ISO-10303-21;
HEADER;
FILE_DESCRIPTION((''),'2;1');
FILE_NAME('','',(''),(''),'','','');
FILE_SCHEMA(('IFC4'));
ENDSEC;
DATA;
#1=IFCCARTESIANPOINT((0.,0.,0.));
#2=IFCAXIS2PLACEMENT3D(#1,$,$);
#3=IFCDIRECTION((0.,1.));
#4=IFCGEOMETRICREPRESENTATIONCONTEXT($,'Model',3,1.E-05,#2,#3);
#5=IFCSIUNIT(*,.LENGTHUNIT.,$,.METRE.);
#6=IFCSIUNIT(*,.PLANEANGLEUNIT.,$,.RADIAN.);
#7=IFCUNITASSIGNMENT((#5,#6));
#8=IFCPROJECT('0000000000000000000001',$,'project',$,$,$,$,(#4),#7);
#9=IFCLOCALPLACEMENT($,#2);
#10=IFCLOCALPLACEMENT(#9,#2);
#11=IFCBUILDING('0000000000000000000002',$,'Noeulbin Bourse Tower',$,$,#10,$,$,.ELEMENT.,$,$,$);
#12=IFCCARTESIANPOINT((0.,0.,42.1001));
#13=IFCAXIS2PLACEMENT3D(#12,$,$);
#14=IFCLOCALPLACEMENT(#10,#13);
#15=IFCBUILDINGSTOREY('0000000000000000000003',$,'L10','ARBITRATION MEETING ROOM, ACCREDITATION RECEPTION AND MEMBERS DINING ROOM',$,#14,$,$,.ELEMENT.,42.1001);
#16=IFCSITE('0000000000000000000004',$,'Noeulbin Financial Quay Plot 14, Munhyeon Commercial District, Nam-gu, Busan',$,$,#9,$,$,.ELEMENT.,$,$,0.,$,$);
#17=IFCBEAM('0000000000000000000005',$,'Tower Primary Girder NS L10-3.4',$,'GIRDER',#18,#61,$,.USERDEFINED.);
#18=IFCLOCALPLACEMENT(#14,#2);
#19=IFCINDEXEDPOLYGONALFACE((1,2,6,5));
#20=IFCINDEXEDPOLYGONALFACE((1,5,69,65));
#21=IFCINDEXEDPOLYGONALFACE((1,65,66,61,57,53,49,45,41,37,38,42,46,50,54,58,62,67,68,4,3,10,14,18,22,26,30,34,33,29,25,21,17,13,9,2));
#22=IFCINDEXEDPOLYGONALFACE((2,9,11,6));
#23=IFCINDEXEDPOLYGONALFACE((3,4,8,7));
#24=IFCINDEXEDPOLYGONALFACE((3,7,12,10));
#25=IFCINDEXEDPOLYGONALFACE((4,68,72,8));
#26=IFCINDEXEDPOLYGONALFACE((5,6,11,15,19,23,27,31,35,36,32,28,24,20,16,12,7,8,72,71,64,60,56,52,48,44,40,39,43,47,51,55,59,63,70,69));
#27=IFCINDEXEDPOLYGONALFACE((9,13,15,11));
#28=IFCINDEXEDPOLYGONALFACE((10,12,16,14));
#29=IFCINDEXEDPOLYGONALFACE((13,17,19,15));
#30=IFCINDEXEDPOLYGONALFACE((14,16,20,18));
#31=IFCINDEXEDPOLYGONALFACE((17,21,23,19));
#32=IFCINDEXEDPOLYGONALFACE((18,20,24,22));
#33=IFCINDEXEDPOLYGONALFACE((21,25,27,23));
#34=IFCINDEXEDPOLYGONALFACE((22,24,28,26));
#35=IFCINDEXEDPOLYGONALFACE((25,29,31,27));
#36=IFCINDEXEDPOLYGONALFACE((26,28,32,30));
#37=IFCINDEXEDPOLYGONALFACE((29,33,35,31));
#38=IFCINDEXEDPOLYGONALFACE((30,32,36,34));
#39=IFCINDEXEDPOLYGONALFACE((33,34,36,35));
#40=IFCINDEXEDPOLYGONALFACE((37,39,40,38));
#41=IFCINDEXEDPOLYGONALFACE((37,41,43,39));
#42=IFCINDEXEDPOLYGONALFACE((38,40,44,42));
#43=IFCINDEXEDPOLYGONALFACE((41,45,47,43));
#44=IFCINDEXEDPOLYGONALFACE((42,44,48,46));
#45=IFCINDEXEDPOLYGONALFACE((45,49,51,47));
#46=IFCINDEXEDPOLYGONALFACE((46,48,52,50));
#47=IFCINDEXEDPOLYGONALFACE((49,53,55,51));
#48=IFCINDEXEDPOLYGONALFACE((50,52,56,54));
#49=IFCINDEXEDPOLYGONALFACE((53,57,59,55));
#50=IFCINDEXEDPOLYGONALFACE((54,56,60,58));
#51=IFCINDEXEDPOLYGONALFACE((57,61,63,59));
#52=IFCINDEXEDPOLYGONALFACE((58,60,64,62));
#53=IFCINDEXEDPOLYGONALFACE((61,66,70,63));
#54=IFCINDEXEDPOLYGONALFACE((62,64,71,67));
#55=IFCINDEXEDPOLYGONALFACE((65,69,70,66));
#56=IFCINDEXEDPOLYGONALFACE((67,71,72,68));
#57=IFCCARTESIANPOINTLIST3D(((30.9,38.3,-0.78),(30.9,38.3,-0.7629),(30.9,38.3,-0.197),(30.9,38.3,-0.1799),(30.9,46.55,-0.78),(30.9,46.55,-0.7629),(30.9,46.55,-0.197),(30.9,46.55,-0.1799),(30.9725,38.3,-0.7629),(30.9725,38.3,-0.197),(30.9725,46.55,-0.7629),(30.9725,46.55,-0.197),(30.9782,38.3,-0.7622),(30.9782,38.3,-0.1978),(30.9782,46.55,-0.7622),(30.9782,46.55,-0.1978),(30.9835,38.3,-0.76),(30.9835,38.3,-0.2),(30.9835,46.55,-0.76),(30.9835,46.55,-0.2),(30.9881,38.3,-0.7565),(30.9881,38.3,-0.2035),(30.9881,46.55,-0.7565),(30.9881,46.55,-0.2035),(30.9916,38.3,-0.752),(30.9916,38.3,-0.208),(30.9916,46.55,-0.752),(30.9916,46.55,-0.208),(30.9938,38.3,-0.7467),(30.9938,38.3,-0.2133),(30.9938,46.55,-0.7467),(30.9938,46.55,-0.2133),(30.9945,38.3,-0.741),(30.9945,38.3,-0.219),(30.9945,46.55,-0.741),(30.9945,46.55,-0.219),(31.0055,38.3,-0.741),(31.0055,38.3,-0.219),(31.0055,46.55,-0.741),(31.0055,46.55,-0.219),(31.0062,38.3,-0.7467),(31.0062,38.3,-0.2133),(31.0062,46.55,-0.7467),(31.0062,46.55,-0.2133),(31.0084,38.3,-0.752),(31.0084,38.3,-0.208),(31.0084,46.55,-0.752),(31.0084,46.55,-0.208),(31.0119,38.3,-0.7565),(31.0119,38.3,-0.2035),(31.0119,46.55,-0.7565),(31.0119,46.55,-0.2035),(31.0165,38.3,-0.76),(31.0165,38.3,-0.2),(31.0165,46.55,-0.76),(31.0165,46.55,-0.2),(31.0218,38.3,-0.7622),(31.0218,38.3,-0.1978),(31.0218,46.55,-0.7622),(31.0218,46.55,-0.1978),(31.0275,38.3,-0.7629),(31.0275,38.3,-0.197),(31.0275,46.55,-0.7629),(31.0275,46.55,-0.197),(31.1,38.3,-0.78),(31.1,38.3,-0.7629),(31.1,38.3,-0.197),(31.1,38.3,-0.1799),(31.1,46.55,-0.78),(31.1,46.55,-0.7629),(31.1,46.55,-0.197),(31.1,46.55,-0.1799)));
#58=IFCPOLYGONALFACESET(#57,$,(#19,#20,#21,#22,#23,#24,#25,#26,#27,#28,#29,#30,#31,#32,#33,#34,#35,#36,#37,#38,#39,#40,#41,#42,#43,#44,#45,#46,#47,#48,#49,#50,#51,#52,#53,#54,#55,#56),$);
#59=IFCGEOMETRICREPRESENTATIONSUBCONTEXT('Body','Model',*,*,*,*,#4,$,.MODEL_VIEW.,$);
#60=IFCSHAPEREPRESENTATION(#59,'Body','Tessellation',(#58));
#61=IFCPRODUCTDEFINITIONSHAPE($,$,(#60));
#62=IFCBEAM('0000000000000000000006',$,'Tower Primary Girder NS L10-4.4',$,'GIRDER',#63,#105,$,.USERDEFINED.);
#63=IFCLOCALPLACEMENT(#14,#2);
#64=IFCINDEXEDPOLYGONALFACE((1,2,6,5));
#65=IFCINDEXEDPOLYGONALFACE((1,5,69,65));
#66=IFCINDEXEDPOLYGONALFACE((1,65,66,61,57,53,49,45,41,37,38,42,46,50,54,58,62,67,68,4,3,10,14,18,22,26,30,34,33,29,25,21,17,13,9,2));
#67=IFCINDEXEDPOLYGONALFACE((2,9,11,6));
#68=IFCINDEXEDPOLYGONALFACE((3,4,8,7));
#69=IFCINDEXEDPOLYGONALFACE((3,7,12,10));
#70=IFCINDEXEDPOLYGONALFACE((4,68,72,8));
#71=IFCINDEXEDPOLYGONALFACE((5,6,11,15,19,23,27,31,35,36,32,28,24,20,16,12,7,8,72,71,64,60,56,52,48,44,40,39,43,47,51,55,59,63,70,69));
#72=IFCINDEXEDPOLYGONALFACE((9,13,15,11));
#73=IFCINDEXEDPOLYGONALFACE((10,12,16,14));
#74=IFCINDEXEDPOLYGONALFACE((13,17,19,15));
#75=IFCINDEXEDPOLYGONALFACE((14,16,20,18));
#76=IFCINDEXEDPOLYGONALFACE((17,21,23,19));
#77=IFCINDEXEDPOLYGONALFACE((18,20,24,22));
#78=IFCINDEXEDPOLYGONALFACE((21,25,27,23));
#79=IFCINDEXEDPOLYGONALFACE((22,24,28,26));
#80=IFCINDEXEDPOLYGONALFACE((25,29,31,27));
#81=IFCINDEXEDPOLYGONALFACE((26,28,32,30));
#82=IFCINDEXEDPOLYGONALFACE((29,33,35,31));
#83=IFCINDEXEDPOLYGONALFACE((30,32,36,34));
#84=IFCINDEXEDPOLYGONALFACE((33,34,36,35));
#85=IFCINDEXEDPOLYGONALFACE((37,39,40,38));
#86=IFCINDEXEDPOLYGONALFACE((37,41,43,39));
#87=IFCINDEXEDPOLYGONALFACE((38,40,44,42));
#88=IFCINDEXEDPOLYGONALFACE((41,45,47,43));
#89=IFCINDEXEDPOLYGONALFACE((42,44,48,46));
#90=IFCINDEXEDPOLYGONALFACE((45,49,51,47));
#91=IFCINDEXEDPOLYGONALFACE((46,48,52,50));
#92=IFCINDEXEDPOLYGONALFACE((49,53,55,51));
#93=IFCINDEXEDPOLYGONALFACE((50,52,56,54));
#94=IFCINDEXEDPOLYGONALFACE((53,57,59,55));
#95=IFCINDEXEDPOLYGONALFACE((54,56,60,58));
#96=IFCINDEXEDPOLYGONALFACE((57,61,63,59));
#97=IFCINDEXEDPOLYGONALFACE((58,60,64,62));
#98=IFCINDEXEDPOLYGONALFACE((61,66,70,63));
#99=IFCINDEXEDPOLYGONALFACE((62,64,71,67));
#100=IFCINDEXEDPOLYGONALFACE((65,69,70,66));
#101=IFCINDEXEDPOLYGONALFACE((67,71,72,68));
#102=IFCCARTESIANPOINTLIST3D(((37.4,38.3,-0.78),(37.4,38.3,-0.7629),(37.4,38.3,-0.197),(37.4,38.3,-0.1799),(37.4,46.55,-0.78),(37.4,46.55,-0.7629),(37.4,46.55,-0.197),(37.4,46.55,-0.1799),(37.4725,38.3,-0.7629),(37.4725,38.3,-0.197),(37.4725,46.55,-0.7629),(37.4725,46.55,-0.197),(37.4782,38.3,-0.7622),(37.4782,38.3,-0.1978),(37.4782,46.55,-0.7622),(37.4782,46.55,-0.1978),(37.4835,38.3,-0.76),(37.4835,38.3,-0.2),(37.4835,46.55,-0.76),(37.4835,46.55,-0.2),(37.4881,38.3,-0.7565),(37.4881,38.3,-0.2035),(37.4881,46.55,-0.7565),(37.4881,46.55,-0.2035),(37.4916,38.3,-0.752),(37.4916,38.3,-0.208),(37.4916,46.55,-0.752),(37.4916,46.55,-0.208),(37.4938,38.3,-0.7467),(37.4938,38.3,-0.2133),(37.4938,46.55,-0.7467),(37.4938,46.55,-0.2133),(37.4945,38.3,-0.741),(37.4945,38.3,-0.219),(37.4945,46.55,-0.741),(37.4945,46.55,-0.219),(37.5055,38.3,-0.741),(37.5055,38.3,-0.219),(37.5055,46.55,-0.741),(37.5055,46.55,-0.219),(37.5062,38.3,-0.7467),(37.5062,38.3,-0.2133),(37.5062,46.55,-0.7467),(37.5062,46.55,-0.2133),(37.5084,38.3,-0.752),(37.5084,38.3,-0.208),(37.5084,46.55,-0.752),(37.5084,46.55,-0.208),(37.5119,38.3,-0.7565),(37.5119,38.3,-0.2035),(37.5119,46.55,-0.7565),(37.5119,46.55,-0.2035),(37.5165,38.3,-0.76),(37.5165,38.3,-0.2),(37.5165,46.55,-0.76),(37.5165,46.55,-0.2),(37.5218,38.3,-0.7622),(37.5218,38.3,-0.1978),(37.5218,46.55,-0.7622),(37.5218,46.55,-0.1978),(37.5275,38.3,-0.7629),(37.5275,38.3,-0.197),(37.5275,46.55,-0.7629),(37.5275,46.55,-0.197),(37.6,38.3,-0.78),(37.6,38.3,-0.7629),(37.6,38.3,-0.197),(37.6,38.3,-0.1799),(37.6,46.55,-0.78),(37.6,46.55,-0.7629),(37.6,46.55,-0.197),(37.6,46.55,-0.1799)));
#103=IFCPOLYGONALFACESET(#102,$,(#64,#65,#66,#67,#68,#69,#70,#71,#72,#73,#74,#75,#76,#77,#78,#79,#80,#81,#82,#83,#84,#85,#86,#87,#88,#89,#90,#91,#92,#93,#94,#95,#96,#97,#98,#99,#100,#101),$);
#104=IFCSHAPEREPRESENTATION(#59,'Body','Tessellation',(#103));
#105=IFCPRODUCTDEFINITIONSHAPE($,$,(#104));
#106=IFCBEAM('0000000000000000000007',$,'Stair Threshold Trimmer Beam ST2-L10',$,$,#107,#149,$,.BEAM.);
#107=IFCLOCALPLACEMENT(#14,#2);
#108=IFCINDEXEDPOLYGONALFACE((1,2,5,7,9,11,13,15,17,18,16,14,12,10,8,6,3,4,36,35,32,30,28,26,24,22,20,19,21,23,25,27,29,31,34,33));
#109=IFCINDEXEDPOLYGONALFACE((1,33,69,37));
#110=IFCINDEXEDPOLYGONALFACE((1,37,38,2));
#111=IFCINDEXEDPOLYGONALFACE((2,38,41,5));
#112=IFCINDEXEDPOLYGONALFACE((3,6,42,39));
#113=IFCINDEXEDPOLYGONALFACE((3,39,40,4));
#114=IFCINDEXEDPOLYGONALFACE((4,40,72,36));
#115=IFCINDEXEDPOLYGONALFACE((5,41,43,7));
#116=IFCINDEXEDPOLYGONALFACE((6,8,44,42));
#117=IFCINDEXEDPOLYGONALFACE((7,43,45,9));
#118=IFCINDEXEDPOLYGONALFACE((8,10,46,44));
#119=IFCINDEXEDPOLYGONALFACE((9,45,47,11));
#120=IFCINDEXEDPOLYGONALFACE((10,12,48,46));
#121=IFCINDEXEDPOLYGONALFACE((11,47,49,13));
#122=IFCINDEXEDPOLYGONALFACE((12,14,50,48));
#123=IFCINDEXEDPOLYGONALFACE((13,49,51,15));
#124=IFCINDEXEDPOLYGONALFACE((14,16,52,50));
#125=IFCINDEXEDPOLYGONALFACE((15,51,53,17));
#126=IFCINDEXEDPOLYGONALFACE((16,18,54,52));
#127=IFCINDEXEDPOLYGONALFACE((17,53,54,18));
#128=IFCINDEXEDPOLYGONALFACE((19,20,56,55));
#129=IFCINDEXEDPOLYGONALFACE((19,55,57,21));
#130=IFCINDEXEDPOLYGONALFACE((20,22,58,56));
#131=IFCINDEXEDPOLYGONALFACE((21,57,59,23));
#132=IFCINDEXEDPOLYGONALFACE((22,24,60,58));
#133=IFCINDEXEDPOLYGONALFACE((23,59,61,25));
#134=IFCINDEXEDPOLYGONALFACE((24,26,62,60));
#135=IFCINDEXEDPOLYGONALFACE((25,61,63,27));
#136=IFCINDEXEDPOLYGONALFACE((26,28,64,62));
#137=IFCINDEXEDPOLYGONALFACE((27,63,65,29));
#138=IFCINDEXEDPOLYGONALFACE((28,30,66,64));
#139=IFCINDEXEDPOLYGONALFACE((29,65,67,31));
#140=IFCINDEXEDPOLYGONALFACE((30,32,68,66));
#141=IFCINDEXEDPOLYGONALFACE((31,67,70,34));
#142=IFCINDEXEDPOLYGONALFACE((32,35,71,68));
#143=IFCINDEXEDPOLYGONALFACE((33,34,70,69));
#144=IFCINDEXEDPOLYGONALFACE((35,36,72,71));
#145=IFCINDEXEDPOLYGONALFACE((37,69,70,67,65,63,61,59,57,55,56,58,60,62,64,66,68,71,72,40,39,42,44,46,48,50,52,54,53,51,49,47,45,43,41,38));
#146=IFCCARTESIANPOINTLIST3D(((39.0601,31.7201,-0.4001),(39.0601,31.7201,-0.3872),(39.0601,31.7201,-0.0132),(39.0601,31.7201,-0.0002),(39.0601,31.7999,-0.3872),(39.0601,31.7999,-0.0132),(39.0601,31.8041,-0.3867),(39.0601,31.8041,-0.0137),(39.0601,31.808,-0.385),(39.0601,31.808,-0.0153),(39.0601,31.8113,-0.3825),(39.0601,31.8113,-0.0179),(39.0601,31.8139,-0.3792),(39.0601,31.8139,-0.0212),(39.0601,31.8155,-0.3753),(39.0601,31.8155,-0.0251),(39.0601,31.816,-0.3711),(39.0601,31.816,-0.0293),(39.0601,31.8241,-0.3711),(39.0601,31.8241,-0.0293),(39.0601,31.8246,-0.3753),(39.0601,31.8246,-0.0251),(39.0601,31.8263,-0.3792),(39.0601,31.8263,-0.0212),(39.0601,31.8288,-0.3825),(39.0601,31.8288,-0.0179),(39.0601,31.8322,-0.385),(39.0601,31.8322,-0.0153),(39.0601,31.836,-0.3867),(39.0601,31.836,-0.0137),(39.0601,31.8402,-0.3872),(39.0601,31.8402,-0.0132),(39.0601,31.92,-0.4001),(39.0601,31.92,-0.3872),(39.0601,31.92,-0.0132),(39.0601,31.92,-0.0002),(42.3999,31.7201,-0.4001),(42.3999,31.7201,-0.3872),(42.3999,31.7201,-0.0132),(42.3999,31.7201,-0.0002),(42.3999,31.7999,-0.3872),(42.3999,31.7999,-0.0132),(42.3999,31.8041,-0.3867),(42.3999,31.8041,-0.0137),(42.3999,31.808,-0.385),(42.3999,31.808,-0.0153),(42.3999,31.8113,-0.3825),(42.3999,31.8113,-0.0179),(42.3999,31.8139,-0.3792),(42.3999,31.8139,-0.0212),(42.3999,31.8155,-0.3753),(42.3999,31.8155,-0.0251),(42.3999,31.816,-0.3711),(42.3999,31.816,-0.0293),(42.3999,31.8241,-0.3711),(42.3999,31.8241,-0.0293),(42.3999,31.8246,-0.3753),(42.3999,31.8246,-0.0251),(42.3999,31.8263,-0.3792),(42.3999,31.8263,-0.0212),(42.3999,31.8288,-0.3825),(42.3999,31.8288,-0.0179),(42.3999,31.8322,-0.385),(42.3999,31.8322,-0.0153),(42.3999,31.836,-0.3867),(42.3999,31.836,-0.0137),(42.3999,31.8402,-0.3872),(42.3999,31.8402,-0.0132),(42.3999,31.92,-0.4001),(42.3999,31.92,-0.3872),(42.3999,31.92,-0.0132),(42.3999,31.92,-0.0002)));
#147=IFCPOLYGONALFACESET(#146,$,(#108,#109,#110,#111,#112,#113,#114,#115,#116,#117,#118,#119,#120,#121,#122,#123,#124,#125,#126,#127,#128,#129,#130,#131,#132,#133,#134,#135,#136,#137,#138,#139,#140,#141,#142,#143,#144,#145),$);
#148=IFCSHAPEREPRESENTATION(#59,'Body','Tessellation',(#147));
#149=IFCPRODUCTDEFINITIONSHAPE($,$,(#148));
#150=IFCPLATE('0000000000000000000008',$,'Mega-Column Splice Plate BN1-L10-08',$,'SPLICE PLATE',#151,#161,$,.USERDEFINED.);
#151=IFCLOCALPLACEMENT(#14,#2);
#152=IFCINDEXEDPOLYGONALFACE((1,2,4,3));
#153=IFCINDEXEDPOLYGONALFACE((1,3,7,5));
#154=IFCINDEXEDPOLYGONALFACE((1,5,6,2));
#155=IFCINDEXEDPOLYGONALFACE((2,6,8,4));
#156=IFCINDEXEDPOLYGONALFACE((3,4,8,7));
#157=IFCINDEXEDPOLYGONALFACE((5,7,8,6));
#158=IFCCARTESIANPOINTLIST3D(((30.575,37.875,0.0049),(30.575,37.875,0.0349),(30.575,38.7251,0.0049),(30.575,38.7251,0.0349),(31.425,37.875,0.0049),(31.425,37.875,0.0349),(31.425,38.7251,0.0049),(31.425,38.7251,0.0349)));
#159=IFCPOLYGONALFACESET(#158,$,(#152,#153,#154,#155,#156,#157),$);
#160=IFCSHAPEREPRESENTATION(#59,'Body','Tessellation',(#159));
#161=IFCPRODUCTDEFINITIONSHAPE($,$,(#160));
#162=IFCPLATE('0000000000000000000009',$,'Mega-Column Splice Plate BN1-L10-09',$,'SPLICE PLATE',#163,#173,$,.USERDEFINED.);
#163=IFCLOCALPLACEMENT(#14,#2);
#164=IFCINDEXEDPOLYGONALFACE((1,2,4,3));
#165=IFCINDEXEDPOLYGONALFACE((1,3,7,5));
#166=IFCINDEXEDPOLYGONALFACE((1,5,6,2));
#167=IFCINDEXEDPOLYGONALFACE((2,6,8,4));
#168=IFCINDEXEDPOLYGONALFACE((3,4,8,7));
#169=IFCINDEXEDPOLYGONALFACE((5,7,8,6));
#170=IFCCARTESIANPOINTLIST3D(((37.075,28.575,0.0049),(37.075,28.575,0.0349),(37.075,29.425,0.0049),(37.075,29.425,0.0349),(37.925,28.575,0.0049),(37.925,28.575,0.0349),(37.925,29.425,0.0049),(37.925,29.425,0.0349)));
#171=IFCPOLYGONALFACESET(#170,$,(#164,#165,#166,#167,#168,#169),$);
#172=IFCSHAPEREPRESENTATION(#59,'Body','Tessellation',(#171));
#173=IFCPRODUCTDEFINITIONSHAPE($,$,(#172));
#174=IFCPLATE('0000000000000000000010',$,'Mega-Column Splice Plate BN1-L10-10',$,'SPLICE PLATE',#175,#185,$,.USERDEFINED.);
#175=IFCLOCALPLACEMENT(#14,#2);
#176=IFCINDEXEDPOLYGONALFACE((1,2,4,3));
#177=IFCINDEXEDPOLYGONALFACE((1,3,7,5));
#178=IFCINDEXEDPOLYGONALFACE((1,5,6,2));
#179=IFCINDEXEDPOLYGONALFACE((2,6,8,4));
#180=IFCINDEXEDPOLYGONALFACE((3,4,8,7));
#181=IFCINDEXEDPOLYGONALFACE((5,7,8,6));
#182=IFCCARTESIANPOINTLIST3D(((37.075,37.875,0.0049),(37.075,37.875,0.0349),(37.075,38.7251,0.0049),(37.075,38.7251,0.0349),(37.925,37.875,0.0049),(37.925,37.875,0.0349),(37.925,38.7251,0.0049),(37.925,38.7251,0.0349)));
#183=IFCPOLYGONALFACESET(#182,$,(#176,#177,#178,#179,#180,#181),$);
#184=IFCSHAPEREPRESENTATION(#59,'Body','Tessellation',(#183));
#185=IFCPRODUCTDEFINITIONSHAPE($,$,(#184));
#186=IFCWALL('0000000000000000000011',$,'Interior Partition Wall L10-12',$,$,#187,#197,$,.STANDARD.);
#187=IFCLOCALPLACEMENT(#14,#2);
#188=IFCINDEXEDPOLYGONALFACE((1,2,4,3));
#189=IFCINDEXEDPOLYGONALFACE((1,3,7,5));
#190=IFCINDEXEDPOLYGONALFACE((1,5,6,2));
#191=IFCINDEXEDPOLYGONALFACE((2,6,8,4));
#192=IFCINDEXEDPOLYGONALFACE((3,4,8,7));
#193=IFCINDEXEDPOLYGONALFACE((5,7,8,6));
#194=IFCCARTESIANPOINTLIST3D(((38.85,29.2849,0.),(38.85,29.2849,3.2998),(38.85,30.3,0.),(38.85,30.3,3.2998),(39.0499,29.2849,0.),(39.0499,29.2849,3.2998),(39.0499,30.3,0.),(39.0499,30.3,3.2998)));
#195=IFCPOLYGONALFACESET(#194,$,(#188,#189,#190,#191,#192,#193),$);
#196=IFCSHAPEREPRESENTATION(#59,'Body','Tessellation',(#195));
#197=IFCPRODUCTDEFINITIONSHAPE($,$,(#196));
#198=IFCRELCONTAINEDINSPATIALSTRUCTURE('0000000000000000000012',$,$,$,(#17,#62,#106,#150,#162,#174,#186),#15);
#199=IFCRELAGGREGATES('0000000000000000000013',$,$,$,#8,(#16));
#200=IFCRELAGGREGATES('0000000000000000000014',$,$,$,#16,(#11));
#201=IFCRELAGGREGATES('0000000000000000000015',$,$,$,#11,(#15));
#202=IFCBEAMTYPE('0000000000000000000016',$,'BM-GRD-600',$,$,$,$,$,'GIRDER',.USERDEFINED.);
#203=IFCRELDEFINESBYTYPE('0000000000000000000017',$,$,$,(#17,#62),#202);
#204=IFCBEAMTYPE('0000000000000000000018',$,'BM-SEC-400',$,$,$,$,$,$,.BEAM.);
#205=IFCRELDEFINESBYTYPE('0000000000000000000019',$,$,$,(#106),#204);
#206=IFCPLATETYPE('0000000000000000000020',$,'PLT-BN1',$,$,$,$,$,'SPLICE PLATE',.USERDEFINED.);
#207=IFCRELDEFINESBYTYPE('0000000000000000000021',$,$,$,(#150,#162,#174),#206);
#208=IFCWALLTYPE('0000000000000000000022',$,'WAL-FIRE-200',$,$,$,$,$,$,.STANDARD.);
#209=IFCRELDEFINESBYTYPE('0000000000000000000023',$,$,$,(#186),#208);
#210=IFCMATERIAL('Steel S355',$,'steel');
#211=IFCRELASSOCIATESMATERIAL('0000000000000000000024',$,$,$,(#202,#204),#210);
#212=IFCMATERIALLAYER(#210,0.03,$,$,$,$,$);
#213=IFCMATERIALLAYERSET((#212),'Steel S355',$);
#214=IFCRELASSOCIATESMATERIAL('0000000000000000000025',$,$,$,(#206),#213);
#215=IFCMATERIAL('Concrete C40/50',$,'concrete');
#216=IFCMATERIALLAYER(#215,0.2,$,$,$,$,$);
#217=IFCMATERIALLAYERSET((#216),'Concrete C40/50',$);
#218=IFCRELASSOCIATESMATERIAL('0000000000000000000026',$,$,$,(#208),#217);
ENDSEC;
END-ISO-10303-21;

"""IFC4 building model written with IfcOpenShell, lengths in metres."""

from ifc_helpers import new_model, si_unit, direction, frame, frame_2d, origin, origin_2d, place, context, subcontext, project, spatial, rectangle, i_section, extrude, material, layer, layer_set, material_profile, profile_set, type_object, element, save


model = new_model("IFC4")

# Units and contexts
model_context = context("Model", 3, precision=1e-05, world=origin(), true_north=direction((0.0, 1.0)))
body_context = subcontext(model_context, "Body", "Model", "MODEL_VIEW")
ifc_project = project(units=[si_unit("LENGTHUNIT", "METRE"), si_unit("PLANEANGLEUNIT", "RADIAN")], contexts=[model_context])

# Site, building, storey
site_placement = place(None, origin())
site = spatial("IfcSite", under=ifc_project, at=site_placement, Name="Noeulbin Financial Quay Plot 14, Munhyeon Commercial District, Nam-gu, Busan", CompositionType="ELEMENT", RefElevation=0.0)
building_placement = place(site_placement, origin())
building = spatial("IfcBuilding", under=site, at=building_placement, Name="Noeulbin Bourse Tower", CompositionType="ELEMENT")
storey_placement = place(building_placement, frame((0.0, 0.0, 42.1001)))
storey = spatial("IfcBuildingStorey", under=building, at=storey_placement, Name="L10", Description="ARBITRATION MEETING ROOM, ACCREDITATION RECEPTION AND MEMBERS DINING ROOM", CompositionType="ELEMENT", Elevation=42.1001)

# Beams
ifc_material_1 = material(Name="Steel S355", Category="steel")
ifc_material_profile_1 = material_profile(ifc_material_1, i_section(OverallWidth=0.2, OverallDepth=0.6001, WebThickness=0.011, FlangeThickness=0.0171, FilletRadius=0.022, at=origin_2d()), Name="H-600x200x11x17", Category="LoadBearing")
ifc_profile_set_1 = profile_set([ifc_material_profile_1], Name="Steel S355")
beam_type_1 = type_object("IfcBeamType", Name="BM-GRD-600", ElementType="GIRDER", PredefinedType="USERDEFINED", material=ifc_profile_set_1)
for number, where, z_axis, x_axis, name in (
    (1, (31.0, 38.3, -0.48), (0.0, 1.0, 0.0), (-1.0, 0.0, 0.0), "Tower Primary Girder NS L10-3.4"),
    (2, (37.5, 38.3, -0.48), (0.0, 1.0, 0.0), (-1.0, 0.0, 0.0), "Tower Primary Girder NS L10-4.4"),
):
    element("IfcBeam", number, at=place(storey_placement, frame(where, z_axis=z_axis, x_axis=x_axis)), inside=storey, type_object=beam_type_1, Name=name, ObjectType="GIRDER", PredefinedType="USERDEFINED", context=body_context, shape_type="SweptSolid", body=[
        extrude(i_section(OverallWidth=0.2, OverallDepth=0.6001, WebThickness=0.011, FlangeThickness=0.0171, FilletRadius=0.022, at=origin_2d()), origin(), (0.0, 0.0, 1.0), 8.25),
    ])
ifc_material_profile_2 = material_profile(ifc_material_1, i_section(OverallWidth=0.2, OverallDepth=0.3999, WebThickness=0.0081, FlangeThickness=0.0129, FilletRadius=0.0161, at=origin_2d()), Name="H-400x200x8x13", Category="LoadBearing")
ifc_profile_set_2 = profile_set([ifc_material_profile_2], Name="Steel S355")
beam_type_2 = type_object("IfcBeamType", Name="BM-SEC-400", PredefinedType="BEAM", material=ifc_profile_set_2)
beam_placement = place(storey_placement, frame((39.0601, 31.8201, -0.2002), z_axis=(1.0, 0.0, 0.0), x_axis=(0.0, 1.0, 0.0)))
element("IfcBeam", 3, at=beam_placement, inside=storey, type_object=beam_type_2, Name="Stair Threshold Trimmer Beam ST2-L10", PredefinedType="BEAM", context=body_context, shape_type="SweptSolid", body=[
    extrude(i_section(OverallWidth=0.2, OverallDepth=0.3999, WebThickness=0.0081, FlangeThickness=0.0129, FilletRadius=0.0161, at=origin_2d()), origin(), (0.0, 0.0, 1.0), 3.3398),
])

# Plates
ifc_layer_1 = layer(ifc_material_1, 0.03)
ifc_layer_set_1 = layer_set([ifc_layer_1], Name="Steel S355")
plate_type = type_object("IfcPlateType", Name="PLT-BN1", ElementType="SPLICE PLATE", PredefinedType="USERDEFINED", material=ifc_layer_set_1)
for number, where, z_axis, x_axis, name in (
    (4, (31.0, 38.3, 0.0049), (0.0, 0.0, 1.0), (1.0, 0.0, 0.0), "Mega-Column Splice Plate BN1-L10-08"),
    (5, (37.5, 29.0, 0.0049), (0.0, 0.0, 1.0), (1.0, 0.0, 0.0), "Mega-Column Splice Plate BN1-L10-09"),
    (6, (37.5, 38.3, 0.0049), (0.0, 0.0, 1.0), (1.0, 0.0, 0.0), "Mega-Column Splice Plate BN1-L10-10"),
):
    element("IfcPlate", number, at=place(storey_placement, frame(where, z_axis=z_axis, x_axis=x_axis)), inside=storey, type_object=plate_type, Name=name, ObjectType="SPLICE PLATE", PredefinedType="USERDEFINED", context=body_context, shape_type="SweptSolid", body=[
        extrude(rectangle(XDim=0.8501, YDim=0.8501, at=origin_2d()), origin(), (0.0, 0.0, 1.0), 0.03),
    ])

# Wall
ifc_material_2 = material(Name="Concrete C40/50", Category="concrete")
ifc_layer_2 = layer(ifc_material_2, 0.2)
ifc_layer_set_2 = layer_set([ifc_layer_2], Name="Concrete C40/50")
wall_type_1 = type_object("IfcWallType", Name="WAL-FIRE-200", PredefinedType="STANDARD", material=ifc_layer_set_2)
wall_1_placement = place(storey_placement, frame((38.95, 29.2849, 0.0), z_axis=(0.0, 0.0, 1.0), x_axis=(0.0, 1.0, 0.0)))
element("IfcWall", 7, at=wall_1_placement, inside=storey, type_object=wall_type_1, Name="Interior Partition Wall L10-12", PredefinedType="STANDARD", context=body_context, shape_type="SweptSolid", body=[
    extrude(rectangle(XDim=1.0151, YDim=0.2, at=frame_2d((0.5076, 0.0))), origin(), (0.0, 0.0, 1.0), 3.2998),
])

save(model, "model.ifc")
